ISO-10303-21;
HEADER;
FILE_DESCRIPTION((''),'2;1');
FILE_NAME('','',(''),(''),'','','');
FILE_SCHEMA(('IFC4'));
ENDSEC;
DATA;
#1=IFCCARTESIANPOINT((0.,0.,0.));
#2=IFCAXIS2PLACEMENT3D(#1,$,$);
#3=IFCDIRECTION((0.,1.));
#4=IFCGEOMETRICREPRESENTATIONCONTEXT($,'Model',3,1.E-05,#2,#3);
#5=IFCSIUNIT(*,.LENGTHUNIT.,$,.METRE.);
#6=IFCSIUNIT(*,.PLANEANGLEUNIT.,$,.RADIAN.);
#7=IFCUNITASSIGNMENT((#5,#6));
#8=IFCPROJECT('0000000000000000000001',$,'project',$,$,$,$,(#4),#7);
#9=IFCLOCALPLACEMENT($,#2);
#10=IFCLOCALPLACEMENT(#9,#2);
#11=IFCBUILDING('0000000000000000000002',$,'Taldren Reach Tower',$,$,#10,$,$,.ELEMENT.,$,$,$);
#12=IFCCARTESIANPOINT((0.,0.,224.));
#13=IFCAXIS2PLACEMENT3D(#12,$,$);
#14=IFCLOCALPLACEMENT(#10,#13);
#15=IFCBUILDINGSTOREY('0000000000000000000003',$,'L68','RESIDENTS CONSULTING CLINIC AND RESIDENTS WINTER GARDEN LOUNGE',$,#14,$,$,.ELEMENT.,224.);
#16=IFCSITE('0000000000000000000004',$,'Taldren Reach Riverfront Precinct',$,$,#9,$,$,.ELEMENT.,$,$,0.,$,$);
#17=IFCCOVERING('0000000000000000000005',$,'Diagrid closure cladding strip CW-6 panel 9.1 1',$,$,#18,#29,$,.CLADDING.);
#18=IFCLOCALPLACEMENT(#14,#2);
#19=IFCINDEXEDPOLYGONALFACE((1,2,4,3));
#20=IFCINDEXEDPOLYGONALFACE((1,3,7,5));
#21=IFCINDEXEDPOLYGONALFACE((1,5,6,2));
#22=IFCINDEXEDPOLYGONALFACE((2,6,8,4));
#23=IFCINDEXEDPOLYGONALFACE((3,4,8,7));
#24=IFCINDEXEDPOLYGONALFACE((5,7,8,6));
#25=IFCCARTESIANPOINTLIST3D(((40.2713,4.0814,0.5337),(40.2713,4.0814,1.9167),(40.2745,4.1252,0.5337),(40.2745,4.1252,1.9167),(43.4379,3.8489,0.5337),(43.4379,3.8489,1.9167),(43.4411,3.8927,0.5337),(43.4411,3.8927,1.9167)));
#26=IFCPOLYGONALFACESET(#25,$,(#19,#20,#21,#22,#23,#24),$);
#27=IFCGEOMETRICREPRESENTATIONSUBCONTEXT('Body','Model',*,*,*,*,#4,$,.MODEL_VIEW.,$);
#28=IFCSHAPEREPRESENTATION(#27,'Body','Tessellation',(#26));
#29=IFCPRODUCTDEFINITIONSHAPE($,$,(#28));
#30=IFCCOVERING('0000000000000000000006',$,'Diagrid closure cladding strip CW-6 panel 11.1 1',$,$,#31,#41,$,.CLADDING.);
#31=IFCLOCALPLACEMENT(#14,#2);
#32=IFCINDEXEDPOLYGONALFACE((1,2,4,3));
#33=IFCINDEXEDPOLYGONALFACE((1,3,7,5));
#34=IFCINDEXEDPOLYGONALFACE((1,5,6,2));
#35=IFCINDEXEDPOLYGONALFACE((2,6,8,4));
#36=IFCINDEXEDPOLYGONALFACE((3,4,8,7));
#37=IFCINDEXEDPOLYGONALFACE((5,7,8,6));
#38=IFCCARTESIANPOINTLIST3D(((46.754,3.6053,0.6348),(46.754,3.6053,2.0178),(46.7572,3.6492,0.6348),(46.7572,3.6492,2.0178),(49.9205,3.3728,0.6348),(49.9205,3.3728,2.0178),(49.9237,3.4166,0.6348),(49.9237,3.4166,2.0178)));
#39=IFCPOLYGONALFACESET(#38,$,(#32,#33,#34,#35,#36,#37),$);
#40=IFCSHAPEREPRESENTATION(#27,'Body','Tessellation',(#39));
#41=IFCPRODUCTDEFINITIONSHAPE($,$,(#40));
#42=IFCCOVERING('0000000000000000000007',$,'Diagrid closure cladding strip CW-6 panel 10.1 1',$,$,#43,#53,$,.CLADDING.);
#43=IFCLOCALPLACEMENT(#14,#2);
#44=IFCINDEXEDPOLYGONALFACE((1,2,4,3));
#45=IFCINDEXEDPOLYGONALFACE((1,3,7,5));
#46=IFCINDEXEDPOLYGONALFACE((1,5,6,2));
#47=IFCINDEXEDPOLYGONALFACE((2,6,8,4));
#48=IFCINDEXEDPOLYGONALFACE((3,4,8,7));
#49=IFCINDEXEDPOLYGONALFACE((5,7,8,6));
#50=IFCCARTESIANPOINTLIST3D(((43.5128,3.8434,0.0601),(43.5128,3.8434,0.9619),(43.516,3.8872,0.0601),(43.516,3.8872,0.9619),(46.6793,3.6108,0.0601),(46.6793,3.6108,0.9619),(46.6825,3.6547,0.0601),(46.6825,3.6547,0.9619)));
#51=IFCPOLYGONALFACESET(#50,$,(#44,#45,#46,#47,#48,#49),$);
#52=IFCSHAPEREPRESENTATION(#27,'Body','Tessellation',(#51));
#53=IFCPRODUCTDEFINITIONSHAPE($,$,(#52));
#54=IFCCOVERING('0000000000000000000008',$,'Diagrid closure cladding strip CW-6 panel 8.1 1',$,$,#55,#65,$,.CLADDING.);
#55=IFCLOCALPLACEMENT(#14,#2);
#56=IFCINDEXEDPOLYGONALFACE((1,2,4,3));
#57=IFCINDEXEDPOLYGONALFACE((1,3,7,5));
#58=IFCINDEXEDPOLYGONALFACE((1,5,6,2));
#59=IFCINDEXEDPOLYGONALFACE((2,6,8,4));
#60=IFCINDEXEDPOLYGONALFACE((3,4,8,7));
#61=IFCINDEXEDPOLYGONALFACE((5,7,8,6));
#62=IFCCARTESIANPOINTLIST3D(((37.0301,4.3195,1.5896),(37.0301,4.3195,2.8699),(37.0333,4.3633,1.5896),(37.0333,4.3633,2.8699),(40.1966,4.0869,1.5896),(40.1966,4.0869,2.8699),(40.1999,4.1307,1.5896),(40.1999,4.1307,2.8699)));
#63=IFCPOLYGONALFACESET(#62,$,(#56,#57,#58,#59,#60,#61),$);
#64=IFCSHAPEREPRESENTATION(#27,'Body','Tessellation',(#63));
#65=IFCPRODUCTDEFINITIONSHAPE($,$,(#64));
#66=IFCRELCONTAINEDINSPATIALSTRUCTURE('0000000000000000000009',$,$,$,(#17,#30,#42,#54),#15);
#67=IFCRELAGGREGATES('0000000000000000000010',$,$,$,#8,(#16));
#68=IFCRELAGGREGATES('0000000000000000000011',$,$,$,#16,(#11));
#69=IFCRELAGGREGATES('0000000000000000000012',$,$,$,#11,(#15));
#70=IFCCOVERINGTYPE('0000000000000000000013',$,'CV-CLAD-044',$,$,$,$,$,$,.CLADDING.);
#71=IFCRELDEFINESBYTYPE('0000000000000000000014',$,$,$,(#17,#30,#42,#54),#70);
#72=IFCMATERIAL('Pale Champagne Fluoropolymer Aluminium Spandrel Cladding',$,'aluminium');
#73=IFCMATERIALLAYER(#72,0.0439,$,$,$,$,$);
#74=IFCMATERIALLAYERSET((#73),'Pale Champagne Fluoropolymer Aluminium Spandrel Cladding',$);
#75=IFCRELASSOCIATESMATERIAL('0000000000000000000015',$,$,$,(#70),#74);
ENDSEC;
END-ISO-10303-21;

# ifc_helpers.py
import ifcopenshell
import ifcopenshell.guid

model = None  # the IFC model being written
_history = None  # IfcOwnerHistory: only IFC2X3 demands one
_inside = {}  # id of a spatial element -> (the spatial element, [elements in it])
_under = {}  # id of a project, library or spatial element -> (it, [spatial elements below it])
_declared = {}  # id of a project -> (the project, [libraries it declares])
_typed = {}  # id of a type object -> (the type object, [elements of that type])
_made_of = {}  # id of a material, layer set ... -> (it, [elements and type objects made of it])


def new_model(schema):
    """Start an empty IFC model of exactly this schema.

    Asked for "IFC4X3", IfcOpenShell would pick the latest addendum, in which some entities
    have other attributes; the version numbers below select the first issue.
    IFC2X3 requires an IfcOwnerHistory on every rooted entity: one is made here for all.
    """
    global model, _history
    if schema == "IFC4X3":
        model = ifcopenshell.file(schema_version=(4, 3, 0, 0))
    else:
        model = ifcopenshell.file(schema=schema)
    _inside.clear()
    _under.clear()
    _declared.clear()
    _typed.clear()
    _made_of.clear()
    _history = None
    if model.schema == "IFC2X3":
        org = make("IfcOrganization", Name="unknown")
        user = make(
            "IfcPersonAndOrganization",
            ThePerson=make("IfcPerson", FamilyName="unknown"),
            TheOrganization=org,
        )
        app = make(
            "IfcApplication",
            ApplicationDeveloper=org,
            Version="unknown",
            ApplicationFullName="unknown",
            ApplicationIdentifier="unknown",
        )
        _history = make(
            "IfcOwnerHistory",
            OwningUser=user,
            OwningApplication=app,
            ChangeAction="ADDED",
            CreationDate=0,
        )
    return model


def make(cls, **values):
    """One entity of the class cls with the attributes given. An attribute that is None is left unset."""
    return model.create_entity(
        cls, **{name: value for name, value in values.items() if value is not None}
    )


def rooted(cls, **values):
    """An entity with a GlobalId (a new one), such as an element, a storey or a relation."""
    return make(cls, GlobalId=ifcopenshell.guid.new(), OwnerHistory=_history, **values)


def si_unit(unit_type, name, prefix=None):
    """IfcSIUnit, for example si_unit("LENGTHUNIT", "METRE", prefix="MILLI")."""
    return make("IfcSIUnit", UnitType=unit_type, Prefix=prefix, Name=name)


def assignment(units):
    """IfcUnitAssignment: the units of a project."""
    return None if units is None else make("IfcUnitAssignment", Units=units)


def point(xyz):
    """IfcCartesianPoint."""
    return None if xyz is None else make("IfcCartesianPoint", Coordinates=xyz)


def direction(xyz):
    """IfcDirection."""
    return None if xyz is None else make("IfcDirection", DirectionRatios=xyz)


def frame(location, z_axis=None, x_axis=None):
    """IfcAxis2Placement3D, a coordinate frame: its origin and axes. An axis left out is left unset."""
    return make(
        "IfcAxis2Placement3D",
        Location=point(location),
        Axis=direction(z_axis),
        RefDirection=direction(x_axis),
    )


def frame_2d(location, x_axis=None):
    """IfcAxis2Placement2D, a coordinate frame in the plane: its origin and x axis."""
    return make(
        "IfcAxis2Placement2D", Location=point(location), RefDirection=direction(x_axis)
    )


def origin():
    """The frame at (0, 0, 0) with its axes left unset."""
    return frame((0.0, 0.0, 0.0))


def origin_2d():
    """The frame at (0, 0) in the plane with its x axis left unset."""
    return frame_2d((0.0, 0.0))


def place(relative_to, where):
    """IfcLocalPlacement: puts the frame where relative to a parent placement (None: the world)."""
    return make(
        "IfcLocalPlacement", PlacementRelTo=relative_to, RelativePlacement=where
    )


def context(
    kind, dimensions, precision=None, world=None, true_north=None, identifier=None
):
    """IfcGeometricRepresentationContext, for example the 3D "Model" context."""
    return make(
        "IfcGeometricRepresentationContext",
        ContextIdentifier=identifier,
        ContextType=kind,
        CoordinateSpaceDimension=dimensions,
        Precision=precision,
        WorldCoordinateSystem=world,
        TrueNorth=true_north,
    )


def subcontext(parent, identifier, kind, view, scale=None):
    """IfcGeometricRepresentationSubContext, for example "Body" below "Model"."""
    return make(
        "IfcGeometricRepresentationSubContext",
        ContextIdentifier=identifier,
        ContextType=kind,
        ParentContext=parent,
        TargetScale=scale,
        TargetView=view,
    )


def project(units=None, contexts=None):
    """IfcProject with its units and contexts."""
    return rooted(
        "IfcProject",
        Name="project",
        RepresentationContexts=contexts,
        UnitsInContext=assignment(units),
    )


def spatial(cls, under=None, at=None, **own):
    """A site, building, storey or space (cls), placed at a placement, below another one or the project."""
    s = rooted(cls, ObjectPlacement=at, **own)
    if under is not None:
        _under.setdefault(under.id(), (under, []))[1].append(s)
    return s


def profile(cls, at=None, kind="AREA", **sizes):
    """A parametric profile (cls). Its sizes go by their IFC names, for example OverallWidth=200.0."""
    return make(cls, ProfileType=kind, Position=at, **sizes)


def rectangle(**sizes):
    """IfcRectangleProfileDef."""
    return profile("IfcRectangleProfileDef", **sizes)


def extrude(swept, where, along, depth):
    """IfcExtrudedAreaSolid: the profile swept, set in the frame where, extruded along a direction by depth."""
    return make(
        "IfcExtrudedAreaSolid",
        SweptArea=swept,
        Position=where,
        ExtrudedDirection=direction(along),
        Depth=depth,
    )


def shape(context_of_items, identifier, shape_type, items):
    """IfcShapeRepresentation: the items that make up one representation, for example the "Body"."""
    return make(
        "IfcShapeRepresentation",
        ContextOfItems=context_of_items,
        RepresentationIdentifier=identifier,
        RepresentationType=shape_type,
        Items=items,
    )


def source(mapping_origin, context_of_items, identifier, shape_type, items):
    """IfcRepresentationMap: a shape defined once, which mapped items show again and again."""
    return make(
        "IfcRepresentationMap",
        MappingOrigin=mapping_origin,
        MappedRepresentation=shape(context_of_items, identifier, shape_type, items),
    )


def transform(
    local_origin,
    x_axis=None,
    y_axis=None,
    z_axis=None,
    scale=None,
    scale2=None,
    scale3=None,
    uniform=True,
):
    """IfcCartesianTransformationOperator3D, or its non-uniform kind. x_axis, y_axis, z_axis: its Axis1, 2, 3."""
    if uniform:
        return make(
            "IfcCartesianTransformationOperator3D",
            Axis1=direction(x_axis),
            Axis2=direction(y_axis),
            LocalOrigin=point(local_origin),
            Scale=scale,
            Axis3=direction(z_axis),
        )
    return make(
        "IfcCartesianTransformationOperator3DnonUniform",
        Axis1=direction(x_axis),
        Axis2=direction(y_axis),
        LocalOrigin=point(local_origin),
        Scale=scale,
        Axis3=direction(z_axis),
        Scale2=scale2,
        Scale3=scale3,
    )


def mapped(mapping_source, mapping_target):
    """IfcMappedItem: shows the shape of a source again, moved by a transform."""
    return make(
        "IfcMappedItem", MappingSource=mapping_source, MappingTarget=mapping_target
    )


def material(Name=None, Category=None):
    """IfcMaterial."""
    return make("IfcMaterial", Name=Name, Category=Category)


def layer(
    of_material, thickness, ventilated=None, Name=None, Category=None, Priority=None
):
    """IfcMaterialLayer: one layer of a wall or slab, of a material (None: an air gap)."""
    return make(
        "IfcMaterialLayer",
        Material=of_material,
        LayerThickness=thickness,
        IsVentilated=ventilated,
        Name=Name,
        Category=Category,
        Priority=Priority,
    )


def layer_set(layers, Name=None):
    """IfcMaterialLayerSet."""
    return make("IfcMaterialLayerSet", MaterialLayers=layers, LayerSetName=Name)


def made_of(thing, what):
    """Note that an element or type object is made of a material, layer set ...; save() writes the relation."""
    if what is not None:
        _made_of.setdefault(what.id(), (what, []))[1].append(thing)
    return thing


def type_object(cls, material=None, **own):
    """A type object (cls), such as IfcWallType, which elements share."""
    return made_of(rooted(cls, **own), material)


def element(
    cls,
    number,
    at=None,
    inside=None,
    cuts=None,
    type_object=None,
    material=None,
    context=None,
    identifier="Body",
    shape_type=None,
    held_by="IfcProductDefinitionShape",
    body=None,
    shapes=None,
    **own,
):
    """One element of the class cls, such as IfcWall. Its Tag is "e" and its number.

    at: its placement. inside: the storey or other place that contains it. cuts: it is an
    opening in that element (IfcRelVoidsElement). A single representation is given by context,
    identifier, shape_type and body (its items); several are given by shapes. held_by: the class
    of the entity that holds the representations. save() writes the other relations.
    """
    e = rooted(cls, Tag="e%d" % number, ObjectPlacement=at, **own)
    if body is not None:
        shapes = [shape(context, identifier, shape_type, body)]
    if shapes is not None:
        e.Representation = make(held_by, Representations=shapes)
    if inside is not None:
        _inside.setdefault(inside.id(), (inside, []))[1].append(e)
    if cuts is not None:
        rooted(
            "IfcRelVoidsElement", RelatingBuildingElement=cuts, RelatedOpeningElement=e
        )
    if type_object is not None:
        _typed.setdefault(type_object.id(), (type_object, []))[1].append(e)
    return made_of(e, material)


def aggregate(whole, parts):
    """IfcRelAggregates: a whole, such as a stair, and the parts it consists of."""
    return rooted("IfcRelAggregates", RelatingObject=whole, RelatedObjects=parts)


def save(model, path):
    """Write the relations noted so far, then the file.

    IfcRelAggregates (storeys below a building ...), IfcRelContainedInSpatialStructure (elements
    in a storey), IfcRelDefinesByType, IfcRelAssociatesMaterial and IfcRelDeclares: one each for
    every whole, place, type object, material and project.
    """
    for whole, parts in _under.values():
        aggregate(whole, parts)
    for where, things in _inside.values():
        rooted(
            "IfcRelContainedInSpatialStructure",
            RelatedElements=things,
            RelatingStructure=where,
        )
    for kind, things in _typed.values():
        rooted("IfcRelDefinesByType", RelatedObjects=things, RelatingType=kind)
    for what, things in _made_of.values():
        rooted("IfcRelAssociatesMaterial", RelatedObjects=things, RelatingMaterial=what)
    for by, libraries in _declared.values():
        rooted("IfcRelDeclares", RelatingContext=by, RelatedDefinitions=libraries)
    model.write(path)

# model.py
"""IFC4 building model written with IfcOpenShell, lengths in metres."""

from ifc_helpers import new_model, si_unit, direction, frame, origin, origin_2d, place, context, subcontext, project, spatial, rectangle, extrude, source, transform, mapped, material, layer, layer_set, type_object, element, save


model = new_model("IFC4")

# Units and contexts
model_context = context("Model", 3, precision=1e-05, world=origin(), true_north=direction((0.0, 1.0)))
body_context = subcontext(model_context, "Body", "Model", "MODEL_VIEW")
ifc_project = project(units=[si_unit("LENGTHUNIT", "METRE"), si_unit("PLANEANGLEUNIT", "RADIAN")], contexts=[model_context])

# Site, building, storey
site_placement = place(None, origin())
site = spatial("IfcSite", under=ifc_project, at=site_placement, Name="Taldren Reach Riverfront Precinct", CompositionType="ELEMENT", RefElevation=0.0)
building_placement = place(site_placement, origin())
building = spatial("IfcBuilding", under=site, at=building_placement, Name="Taldren Reach Tower", CompositionType="ELEMENT")
storey_placement = place(building_placement, frame((0.0, 0.0, 224.0)))
storey = spatial("IfcBuildingStorey", under=building, at=storey_placement, Name="L68", Description="RESIDENTS CONSULTING CLINIC AND RESIDENTS WINTER GARDEN LOUNGE", CompositionType="ELEMENT", Elevation=224.0)

# Coverings
ifc_material_1 = material(Name="Pale Champagne Fluoropolymer Aluminium Spandrel Cladding", Category="aluminium")
ifc_layer_1 = layer(ifc_material_1, 0.0439)
ifc_layer_set_1 = layer_set([ifc_layer_1], Name="Pale Champagne Fluoropolymer Aluminium Spandrel Cladding")
covering_type = type_object("IfcCoveringType", Name="CV-CLAD-044", PredefinedType="CLADDING", material=ifc_layer_set_1)
shared_shape_1 = source(origin(), body_context, "Body", "SweptSolid", [
    extrude(rectangle(XDim=3.175, YDim=0.0439, at=origin_2d()), origin(), (0.0, 0.0, 1.0), 1.3831),
])
for number, where, z_axis, x_axis, name in (
    (1, (41.8562, 3.9871, 0.5337), (0.0, 0.0, 1.0), (0.997314, -0.073238, 0.0), "Diagrid closure cladding strip CW-6 panel 9.1 1"),
    (2, (48.3389, 3.511, 0.6348), (0.0, 0.0, 1.0), (0.997314, -0.073238, 0.0), "Diagrid closure cladding strip CW-6 panel 11.1 1"),
):
    element("IfcCovering", number, at=place(storey_placement, frame(where, z_axis=z_axis, x_axis=x_axis)), inside=storey, type_object=covering_type, Name=name, PredefinedType="CLADDING", context=body_context, shape_type="MappedRepresentation", body=[
        mapped(shared_shape_1, transform((0.0, 0.0, 0.0), scale=1.0)),
    ])
shared_shape_2 = source(origin(), body_context, "Body", "SweptSolid", [
    extrude(rectangle(XDim=3.175, YDim=0.0439, at=origin_2d()), origin(), (0.0, 0.0, 1.0), 0.9019),
])
covering_1_placement = place(storey_placement, frame((45.0977, 3.749, 0.0601), z_axis=(0.0, 0.0, 1.0), x_axis=(0.997314, -0.073238, 0.0)))
element("IfcCovering", 3, at=covering_1_placement, inside=storey, type_object=covering_type, Name="Diagrid closure cladding strip CW-6 panel 10.1 1", PredefinedType="CLADDING", context=body_context, shape_type="MappedRepresentation", body=[
    mapped(shared_shape_2, transform((0.0, 0.0, 0.0), scale=1.0)),
])
shared_shape_3 = source(origin(), body_context, "Body", "SweptSolid", [
    extrude(rectangle(XDim=3.175, YDim=0.0439, at=origin_2d()), origin(), (0.0, 0.0, 1.0), 1.2803),
])
covering_2_placement = place(storey_placement, frame((38.615, 4.2251, 1.5896), z_axis=(0.0, 0.0, 1.0), x_axis=(0.997314, -0.073238, 0.0)))
element("IfcCovering", 4, at=covering_2_placement, inside=storey, type_object=covering_type, Name="Diagrid closure cladding strip CW-6 panel 8.1 1", PredefinedType="CLADDING", context=body_context, shape_type="MappedRepresentation", body=[
    mapped(shared_shape_3, transform((0.0, 0.0, 0.0), scale=1.0)),
])

save(model, "model.ifc")
